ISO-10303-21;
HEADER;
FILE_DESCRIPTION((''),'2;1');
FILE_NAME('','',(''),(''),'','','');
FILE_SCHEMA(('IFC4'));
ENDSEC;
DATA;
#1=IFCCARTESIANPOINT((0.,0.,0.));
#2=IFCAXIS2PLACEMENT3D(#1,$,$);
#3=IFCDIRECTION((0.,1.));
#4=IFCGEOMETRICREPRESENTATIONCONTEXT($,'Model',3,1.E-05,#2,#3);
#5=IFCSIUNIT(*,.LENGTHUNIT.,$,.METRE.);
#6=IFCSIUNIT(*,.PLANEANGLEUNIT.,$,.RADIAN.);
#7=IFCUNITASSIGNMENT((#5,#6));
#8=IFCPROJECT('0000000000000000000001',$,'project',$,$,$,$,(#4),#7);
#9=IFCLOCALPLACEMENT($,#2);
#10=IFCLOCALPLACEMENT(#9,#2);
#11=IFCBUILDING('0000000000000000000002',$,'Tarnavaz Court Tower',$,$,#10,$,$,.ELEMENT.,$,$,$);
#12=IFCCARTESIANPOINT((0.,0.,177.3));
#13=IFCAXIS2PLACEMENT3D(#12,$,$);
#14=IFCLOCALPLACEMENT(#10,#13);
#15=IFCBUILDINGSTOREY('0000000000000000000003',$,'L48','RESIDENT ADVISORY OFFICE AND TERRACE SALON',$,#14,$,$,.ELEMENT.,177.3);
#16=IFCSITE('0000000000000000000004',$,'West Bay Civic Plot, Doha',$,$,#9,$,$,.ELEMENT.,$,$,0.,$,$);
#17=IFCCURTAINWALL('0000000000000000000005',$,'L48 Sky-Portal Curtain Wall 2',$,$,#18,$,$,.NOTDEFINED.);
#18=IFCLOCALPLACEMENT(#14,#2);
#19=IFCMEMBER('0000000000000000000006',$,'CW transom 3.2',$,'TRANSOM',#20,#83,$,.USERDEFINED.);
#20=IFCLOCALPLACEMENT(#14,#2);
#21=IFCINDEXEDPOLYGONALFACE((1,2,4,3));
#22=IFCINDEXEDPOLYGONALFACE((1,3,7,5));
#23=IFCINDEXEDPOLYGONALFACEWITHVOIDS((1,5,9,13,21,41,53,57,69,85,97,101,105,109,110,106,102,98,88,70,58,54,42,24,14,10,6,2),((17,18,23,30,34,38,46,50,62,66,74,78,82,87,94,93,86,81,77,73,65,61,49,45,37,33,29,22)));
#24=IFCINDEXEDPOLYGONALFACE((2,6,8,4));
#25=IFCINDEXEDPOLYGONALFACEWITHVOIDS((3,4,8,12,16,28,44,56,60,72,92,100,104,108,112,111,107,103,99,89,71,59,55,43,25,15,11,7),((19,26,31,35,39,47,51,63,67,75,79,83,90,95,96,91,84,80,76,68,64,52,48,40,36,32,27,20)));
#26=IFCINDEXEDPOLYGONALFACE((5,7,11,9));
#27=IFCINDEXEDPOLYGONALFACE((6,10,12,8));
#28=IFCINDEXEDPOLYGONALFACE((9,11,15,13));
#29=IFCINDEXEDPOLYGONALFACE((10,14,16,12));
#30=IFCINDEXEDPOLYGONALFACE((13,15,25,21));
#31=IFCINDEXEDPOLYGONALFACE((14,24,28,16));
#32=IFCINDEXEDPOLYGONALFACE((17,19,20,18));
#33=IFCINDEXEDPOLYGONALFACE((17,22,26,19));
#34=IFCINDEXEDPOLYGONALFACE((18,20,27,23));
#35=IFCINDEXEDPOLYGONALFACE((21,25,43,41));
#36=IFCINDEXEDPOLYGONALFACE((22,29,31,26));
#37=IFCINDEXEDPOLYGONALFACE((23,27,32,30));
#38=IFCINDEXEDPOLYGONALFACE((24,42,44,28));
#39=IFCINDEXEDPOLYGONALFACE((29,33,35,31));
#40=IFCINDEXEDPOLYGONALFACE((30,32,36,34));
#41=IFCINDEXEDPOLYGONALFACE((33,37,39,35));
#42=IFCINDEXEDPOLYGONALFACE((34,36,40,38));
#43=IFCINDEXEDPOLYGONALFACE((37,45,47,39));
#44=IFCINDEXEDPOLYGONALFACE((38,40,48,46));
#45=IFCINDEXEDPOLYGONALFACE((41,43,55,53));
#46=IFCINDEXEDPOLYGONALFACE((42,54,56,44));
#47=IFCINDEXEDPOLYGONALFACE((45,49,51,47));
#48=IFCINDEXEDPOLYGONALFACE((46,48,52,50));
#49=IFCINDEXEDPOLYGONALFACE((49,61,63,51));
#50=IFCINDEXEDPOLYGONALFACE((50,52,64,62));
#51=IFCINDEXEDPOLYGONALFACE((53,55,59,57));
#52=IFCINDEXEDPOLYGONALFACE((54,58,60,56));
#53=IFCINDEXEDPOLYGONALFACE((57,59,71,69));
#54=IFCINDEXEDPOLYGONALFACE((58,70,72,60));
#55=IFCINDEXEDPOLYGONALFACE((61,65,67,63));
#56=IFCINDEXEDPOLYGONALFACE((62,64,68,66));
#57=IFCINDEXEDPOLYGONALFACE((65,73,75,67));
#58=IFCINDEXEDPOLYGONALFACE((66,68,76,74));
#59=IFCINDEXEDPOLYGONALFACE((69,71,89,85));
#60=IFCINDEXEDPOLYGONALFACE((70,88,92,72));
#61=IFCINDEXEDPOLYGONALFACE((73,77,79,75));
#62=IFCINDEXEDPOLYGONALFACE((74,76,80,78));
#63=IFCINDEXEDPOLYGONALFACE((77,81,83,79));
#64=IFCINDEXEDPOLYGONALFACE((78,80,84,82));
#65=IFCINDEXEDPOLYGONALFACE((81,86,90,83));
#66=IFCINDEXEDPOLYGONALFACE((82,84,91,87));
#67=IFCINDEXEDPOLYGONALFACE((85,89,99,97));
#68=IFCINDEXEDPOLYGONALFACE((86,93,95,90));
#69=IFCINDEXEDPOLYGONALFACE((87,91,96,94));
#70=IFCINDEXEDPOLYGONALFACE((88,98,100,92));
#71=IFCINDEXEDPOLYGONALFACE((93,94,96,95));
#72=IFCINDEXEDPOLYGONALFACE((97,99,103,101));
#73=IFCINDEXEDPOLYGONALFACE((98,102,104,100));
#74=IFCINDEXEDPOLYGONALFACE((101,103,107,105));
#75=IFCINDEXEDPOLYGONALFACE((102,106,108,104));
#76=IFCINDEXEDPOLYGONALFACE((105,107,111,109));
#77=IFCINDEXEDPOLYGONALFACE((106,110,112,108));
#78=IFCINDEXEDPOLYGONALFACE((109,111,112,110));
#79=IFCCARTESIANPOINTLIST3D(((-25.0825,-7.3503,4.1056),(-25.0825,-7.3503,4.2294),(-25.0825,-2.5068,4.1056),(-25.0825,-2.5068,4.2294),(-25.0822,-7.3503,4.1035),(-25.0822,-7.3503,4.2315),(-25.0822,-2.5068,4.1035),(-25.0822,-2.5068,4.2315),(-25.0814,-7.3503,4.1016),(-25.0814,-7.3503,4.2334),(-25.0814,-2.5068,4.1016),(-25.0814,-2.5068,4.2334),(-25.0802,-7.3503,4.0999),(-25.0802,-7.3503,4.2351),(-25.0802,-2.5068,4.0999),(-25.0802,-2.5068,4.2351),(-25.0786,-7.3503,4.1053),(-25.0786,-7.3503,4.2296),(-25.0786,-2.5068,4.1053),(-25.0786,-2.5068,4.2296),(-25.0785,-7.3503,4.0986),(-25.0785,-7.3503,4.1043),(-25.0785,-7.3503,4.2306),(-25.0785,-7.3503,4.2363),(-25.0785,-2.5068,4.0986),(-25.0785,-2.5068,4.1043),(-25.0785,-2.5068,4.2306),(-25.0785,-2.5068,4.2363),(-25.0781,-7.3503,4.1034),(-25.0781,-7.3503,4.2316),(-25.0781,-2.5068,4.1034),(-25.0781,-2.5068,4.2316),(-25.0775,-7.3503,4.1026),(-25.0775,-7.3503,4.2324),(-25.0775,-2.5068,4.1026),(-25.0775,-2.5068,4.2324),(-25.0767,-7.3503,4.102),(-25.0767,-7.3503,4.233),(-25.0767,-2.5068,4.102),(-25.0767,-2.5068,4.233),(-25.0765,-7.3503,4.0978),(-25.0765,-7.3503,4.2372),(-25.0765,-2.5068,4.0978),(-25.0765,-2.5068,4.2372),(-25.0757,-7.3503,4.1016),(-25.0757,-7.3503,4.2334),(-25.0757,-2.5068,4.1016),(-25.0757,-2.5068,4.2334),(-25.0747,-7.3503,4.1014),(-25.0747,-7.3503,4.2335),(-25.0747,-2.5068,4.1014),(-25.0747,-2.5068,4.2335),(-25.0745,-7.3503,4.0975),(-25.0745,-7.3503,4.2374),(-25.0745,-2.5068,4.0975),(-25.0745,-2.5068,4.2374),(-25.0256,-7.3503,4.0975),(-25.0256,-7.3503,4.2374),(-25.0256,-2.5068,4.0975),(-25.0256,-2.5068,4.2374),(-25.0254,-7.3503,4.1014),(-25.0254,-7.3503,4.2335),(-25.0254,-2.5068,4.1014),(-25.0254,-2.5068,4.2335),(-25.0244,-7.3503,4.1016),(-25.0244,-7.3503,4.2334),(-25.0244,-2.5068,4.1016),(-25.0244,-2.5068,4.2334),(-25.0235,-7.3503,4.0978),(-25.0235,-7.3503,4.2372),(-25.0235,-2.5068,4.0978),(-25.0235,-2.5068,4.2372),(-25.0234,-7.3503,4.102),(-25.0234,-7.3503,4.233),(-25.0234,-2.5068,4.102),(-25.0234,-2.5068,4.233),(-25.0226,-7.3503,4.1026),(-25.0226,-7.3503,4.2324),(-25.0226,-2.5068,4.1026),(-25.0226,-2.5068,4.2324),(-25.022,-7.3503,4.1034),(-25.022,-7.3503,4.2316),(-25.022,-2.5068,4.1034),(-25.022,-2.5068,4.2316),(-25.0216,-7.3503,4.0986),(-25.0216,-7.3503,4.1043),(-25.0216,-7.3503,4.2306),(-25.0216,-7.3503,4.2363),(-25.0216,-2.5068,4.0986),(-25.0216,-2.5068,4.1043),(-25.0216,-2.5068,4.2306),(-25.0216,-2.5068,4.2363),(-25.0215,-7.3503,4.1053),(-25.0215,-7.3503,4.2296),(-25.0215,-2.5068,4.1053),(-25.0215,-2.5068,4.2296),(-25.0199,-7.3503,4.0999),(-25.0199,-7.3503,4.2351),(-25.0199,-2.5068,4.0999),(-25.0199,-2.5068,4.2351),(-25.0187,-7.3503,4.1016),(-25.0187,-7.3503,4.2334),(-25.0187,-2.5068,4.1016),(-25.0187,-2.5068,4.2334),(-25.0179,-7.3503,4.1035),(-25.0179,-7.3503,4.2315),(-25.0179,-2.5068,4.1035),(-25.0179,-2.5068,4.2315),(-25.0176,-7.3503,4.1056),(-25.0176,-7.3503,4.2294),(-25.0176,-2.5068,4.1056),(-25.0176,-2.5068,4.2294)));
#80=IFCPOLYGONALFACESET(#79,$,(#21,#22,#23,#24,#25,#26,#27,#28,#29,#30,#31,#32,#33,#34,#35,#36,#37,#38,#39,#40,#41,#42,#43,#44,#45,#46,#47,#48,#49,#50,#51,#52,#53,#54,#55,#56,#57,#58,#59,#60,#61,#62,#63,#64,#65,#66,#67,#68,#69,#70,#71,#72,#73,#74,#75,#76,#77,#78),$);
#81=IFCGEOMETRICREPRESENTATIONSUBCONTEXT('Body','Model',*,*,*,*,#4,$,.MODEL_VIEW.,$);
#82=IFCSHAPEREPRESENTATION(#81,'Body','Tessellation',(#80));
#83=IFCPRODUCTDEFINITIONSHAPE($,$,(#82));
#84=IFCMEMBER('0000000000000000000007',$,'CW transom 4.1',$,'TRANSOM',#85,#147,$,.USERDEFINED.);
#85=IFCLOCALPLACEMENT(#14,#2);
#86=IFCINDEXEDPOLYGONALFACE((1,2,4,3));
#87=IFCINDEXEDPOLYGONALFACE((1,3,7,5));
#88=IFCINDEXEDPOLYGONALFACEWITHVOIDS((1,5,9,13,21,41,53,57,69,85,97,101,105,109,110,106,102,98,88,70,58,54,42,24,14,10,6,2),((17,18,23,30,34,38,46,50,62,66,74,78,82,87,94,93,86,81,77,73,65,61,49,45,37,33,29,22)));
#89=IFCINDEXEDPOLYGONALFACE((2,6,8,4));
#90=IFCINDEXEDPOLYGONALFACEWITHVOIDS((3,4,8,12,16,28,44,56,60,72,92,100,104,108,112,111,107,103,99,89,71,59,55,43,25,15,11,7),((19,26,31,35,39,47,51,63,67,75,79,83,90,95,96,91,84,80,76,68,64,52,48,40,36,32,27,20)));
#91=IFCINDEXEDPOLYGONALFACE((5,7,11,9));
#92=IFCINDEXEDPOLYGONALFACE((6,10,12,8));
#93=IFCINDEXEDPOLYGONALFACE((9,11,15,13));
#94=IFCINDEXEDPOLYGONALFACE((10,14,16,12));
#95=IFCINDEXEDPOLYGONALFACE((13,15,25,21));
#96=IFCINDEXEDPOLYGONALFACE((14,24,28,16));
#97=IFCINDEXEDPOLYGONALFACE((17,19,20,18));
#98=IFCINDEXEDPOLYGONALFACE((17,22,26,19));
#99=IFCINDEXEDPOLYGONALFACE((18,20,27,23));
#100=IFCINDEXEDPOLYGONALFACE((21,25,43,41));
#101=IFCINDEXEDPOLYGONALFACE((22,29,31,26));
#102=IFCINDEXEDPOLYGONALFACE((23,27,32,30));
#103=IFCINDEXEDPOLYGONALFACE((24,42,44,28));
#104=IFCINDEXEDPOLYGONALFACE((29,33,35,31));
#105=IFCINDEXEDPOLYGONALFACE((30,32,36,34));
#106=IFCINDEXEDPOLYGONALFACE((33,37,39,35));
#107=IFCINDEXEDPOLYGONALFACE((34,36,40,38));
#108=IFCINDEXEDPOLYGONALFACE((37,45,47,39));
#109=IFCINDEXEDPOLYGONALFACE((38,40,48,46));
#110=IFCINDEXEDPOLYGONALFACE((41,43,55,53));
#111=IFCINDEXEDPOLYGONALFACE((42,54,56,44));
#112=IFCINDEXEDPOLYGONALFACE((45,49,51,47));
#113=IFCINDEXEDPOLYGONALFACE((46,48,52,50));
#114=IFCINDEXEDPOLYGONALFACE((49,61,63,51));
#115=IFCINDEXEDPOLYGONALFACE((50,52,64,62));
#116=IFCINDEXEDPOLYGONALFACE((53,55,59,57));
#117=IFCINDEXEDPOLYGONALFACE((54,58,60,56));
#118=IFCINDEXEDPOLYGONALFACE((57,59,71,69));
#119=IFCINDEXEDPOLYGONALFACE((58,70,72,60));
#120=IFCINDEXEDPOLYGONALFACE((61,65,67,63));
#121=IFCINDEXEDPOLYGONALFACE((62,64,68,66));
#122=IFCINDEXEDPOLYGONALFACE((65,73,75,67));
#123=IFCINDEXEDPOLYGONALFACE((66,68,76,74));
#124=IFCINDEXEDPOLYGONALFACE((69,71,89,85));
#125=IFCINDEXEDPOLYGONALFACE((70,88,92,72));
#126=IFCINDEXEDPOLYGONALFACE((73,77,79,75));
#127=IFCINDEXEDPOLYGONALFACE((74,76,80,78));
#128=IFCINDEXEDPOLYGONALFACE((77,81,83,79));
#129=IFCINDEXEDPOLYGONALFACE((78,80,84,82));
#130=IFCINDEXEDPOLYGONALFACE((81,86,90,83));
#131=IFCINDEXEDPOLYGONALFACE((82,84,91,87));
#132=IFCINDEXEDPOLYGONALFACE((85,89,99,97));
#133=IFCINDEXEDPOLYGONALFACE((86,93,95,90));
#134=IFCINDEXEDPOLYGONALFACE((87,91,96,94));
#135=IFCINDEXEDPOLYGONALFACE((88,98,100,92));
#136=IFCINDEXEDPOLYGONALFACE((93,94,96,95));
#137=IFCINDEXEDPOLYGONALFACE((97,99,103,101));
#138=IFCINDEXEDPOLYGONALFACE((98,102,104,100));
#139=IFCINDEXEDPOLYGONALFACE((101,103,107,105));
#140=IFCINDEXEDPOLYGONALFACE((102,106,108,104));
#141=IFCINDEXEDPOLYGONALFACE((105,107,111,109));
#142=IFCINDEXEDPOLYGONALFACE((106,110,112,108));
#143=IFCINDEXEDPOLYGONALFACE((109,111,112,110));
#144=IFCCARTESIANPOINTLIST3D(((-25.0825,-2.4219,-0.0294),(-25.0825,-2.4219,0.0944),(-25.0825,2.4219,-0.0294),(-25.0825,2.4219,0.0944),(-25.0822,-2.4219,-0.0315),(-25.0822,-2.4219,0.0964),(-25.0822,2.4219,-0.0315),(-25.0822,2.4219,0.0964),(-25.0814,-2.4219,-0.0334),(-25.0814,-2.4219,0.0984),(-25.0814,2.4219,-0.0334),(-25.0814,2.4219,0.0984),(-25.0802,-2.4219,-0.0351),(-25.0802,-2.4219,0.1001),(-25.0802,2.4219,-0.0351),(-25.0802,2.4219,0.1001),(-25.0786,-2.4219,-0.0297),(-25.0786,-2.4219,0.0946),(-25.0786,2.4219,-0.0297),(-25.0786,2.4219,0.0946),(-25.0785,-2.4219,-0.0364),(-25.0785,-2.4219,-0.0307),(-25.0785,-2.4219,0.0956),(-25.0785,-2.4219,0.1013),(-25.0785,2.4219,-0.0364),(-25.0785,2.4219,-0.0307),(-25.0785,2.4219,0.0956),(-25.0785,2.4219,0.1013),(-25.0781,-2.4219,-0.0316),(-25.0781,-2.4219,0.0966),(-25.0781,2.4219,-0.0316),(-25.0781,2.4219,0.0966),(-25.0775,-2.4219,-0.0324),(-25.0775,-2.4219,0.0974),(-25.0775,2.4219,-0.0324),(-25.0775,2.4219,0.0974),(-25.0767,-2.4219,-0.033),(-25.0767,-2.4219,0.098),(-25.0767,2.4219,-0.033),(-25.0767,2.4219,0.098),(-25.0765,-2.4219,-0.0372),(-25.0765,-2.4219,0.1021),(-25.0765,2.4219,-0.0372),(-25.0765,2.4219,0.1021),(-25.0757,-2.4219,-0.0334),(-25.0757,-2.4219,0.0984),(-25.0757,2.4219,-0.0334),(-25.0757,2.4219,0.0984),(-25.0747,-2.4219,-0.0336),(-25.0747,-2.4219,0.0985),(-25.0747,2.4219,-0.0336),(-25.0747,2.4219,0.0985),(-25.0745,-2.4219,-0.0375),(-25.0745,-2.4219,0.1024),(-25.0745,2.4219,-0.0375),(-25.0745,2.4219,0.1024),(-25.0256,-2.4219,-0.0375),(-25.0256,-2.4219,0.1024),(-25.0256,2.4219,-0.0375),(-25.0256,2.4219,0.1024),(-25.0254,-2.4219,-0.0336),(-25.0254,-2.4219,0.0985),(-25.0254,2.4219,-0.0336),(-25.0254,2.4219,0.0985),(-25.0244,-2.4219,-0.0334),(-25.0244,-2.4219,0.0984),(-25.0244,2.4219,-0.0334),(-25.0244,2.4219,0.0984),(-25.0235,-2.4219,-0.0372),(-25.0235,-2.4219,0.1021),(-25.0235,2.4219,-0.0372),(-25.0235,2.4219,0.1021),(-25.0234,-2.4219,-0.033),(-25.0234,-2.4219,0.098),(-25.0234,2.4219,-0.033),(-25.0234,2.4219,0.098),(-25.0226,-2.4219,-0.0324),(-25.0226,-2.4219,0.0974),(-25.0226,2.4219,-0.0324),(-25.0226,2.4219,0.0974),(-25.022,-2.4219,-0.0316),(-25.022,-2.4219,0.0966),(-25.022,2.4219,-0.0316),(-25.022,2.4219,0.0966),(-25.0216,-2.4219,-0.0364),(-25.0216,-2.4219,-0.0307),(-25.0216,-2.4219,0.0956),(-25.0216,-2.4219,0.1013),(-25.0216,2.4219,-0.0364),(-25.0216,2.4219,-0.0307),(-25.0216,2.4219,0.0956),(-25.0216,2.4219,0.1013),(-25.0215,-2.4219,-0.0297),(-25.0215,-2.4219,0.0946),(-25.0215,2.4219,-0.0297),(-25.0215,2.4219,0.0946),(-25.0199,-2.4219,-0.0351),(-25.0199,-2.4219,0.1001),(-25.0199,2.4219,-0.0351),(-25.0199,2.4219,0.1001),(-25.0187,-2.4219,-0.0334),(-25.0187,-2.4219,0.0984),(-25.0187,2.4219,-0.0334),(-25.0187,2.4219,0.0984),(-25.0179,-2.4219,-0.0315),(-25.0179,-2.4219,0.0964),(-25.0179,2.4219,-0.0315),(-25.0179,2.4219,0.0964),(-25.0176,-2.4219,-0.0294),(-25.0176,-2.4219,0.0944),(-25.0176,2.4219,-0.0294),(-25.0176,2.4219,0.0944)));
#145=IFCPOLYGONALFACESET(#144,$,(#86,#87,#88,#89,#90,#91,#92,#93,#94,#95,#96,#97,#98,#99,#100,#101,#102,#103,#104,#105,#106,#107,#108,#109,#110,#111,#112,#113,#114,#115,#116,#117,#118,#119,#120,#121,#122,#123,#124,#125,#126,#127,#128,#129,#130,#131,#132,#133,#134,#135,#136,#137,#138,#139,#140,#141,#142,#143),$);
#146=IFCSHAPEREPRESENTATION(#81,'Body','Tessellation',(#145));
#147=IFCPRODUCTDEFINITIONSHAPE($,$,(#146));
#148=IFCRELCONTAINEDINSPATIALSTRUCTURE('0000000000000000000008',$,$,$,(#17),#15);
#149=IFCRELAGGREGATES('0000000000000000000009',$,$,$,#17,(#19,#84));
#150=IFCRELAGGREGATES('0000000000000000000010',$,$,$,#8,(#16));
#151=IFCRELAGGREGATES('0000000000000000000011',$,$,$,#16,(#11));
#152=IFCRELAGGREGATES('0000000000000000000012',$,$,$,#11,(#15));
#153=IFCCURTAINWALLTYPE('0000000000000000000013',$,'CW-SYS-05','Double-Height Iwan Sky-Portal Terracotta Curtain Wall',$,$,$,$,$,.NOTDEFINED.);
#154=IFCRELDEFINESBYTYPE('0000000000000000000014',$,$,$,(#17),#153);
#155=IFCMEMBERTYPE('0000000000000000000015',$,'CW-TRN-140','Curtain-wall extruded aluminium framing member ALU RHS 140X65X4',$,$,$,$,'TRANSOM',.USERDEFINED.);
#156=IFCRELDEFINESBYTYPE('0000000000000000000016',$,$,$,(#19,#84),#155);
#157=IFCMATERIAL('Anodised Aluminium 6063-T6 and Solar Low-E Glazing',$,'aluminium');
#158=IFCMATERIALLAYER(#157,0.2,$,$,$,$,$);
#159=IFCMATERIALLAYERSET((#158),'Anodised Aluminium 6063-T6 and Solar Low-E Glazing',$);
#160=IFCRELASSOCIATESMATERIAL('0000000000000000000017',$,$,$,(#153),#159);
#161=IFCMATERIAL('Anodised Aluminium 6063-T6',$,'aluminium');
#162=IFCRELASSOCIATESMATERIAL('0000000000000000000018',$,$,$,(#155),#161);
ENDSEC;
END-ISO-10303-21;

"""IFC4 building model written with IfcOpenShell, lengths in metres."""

from ifc_helpers import new_model, si_unit, direction, frame, origin, origin_2d, place, context, subcontext, project, spatial, hollow_rectangle, extrude, material, layer, layer_set, material_profile, profile_set, type_object, element, aggregate, save


model = new_model("IFC4")

# Units and contexts
model_context = context("Model", 3, precision=1e-05, world=origin(), true_north=direction((0.0, 1.0)))
body_context = subcontext(model_context, "Body", "Model", "MODEL_VIEW")
ifc_project = project(units=[si_unit("LENGTHUNIT", "METRE"), si_unit("PLANEANGLEUNIT", "RADIAN")], contexts=[model_context])

# Site, building, storey
site_placement = place(None, origin())
site = spatial("IfcSite", under=ifc_project, at=site_placement, Name="West Bay Civic Plot, Doha", CompositionType="ELEMENT", RefElevation=0.0)
building_placement = place(site_placement, origin())
building = spatial("IfcBuilding", under=site, at=building_placement, Name="Tarnavaz Court Tower", CompositionType="ELEMENT")
storey_placement = place(building_placement, frame((0.0, 0.0, 177.3)))
storey = spatial("IfcBuildingStorey", under=building, at=storey_placement, Name="L48", Description="RESIDENT ADVISORY OFFICE AND TERRACE SALON", CompositionType="ELEMENT", Elevation=177.3)

# Curtain wall, members
ifc_material_1 = material(Name="Anodised Aluminium 6063-T6 and Solar Low-E Glazing", Category="aluminium")
ifc_layer_1 = layer(ifc_material_1, 0.2)
ifc_layer_set_1 = layer_set([ifc_layer_1], Name="Anodised Aluminium 6063-T6 and Solar Low-E Glazing")
curtain_wall_type = type_object("IfcCurtainWallType", Name="CW-SYS-05", Description="Double-Height Iwan Sky-Portal Terracotta Curtain Wall", PredefinedType="NOTDEFINED", material=ifc_layer_set_1)
curtain_wall_placement = place(storey_placement, origin())
curtain_wall = element("IfcCurtainWall", 1, at=curtain_wall_placement, inside=storey, type_object=curtain_wall_type, Name="L48 Sky-Portal Curtain Wall 2", PredefinedType="NOTDEFINED")
ifc_material_2 = material(Name="Anodised Aluminium 6063-T6", Category="aluminium")
ifc_material_profile_1 = material_profile(ifc_material_2, hollow_rectangle(XDim=0.0649, YDim=0.1399, WallThickness=0.0039, InnerFilletRadius=0.0039, OuterFilletRadius=0.0081, at=origin_2d()), Name="ALU RHS 140X65X4")
ifc_profile_set_1 = profile_set([ifc_material_profile_1], Name="Anodised Aluminium 6063-T6")
member_type_1 = type_object("IfcMemberType", Name="CW-TRN-140", Description="Curtain-wall extruded aluminium framing member ALU RHS 140X65X4", ElementType="TRANSOM", PredefinedType="USERDEFINED", material=ifc_profile_set_1)
member_1_placement = place(storey_placement, frame((-25.05, -7.3503, 4.1675), z_axis=(0.0, 1.0, 0.0), x_axis=(-1.0, 0.0, 0.0)))
member_1 = element("IfcMember", 2, at=member_1_placement, type_object=member_type_1, Name="CW transom 3.2", ObjectType="TRANSOM", PredefinedType="USERDEFINED", context=body_context, shape_type="SweptSolid", body=[
    extrude(hollow_rectangle(XDim=0.0649, YDim=0.1399, WallThickness=0.0039, InnerFilletRadius=0.0039, OuterFilletRadius=0.0081, at=origin_2d()), origin(), (0.0, 0.0, 1.0), 4.8435),
])
member_2_placement = place(storey_placement, frame((-25.05, -2.4219, 0.0325), z_axis=(0.0, 1.0, 0.0), x_axis=(-1.0, 0.0, 0.0)))
member_2 = element("IfcMember", 3, at=member_2_placement, type_object=member_type_1, Name="CW transom 4.1", ObjectType="TRANSOM", PredefinedType="USERDEFINED", context=body_context, shape_type="SweptSolid", body=[
    extrude(hollow_rectangle(XDim=0.0649, YDim=0.1399, WallThickness=0.0039, InnerFilletRadius=0.0039, OuterFilletRadius=0.0081, at=origin_2d()), origin(), (0.0, 0.0, 1.0), 4.8438),
])
aggregate(curtain_wall, [member_1, member_2])

save(model, "model.ifc")
